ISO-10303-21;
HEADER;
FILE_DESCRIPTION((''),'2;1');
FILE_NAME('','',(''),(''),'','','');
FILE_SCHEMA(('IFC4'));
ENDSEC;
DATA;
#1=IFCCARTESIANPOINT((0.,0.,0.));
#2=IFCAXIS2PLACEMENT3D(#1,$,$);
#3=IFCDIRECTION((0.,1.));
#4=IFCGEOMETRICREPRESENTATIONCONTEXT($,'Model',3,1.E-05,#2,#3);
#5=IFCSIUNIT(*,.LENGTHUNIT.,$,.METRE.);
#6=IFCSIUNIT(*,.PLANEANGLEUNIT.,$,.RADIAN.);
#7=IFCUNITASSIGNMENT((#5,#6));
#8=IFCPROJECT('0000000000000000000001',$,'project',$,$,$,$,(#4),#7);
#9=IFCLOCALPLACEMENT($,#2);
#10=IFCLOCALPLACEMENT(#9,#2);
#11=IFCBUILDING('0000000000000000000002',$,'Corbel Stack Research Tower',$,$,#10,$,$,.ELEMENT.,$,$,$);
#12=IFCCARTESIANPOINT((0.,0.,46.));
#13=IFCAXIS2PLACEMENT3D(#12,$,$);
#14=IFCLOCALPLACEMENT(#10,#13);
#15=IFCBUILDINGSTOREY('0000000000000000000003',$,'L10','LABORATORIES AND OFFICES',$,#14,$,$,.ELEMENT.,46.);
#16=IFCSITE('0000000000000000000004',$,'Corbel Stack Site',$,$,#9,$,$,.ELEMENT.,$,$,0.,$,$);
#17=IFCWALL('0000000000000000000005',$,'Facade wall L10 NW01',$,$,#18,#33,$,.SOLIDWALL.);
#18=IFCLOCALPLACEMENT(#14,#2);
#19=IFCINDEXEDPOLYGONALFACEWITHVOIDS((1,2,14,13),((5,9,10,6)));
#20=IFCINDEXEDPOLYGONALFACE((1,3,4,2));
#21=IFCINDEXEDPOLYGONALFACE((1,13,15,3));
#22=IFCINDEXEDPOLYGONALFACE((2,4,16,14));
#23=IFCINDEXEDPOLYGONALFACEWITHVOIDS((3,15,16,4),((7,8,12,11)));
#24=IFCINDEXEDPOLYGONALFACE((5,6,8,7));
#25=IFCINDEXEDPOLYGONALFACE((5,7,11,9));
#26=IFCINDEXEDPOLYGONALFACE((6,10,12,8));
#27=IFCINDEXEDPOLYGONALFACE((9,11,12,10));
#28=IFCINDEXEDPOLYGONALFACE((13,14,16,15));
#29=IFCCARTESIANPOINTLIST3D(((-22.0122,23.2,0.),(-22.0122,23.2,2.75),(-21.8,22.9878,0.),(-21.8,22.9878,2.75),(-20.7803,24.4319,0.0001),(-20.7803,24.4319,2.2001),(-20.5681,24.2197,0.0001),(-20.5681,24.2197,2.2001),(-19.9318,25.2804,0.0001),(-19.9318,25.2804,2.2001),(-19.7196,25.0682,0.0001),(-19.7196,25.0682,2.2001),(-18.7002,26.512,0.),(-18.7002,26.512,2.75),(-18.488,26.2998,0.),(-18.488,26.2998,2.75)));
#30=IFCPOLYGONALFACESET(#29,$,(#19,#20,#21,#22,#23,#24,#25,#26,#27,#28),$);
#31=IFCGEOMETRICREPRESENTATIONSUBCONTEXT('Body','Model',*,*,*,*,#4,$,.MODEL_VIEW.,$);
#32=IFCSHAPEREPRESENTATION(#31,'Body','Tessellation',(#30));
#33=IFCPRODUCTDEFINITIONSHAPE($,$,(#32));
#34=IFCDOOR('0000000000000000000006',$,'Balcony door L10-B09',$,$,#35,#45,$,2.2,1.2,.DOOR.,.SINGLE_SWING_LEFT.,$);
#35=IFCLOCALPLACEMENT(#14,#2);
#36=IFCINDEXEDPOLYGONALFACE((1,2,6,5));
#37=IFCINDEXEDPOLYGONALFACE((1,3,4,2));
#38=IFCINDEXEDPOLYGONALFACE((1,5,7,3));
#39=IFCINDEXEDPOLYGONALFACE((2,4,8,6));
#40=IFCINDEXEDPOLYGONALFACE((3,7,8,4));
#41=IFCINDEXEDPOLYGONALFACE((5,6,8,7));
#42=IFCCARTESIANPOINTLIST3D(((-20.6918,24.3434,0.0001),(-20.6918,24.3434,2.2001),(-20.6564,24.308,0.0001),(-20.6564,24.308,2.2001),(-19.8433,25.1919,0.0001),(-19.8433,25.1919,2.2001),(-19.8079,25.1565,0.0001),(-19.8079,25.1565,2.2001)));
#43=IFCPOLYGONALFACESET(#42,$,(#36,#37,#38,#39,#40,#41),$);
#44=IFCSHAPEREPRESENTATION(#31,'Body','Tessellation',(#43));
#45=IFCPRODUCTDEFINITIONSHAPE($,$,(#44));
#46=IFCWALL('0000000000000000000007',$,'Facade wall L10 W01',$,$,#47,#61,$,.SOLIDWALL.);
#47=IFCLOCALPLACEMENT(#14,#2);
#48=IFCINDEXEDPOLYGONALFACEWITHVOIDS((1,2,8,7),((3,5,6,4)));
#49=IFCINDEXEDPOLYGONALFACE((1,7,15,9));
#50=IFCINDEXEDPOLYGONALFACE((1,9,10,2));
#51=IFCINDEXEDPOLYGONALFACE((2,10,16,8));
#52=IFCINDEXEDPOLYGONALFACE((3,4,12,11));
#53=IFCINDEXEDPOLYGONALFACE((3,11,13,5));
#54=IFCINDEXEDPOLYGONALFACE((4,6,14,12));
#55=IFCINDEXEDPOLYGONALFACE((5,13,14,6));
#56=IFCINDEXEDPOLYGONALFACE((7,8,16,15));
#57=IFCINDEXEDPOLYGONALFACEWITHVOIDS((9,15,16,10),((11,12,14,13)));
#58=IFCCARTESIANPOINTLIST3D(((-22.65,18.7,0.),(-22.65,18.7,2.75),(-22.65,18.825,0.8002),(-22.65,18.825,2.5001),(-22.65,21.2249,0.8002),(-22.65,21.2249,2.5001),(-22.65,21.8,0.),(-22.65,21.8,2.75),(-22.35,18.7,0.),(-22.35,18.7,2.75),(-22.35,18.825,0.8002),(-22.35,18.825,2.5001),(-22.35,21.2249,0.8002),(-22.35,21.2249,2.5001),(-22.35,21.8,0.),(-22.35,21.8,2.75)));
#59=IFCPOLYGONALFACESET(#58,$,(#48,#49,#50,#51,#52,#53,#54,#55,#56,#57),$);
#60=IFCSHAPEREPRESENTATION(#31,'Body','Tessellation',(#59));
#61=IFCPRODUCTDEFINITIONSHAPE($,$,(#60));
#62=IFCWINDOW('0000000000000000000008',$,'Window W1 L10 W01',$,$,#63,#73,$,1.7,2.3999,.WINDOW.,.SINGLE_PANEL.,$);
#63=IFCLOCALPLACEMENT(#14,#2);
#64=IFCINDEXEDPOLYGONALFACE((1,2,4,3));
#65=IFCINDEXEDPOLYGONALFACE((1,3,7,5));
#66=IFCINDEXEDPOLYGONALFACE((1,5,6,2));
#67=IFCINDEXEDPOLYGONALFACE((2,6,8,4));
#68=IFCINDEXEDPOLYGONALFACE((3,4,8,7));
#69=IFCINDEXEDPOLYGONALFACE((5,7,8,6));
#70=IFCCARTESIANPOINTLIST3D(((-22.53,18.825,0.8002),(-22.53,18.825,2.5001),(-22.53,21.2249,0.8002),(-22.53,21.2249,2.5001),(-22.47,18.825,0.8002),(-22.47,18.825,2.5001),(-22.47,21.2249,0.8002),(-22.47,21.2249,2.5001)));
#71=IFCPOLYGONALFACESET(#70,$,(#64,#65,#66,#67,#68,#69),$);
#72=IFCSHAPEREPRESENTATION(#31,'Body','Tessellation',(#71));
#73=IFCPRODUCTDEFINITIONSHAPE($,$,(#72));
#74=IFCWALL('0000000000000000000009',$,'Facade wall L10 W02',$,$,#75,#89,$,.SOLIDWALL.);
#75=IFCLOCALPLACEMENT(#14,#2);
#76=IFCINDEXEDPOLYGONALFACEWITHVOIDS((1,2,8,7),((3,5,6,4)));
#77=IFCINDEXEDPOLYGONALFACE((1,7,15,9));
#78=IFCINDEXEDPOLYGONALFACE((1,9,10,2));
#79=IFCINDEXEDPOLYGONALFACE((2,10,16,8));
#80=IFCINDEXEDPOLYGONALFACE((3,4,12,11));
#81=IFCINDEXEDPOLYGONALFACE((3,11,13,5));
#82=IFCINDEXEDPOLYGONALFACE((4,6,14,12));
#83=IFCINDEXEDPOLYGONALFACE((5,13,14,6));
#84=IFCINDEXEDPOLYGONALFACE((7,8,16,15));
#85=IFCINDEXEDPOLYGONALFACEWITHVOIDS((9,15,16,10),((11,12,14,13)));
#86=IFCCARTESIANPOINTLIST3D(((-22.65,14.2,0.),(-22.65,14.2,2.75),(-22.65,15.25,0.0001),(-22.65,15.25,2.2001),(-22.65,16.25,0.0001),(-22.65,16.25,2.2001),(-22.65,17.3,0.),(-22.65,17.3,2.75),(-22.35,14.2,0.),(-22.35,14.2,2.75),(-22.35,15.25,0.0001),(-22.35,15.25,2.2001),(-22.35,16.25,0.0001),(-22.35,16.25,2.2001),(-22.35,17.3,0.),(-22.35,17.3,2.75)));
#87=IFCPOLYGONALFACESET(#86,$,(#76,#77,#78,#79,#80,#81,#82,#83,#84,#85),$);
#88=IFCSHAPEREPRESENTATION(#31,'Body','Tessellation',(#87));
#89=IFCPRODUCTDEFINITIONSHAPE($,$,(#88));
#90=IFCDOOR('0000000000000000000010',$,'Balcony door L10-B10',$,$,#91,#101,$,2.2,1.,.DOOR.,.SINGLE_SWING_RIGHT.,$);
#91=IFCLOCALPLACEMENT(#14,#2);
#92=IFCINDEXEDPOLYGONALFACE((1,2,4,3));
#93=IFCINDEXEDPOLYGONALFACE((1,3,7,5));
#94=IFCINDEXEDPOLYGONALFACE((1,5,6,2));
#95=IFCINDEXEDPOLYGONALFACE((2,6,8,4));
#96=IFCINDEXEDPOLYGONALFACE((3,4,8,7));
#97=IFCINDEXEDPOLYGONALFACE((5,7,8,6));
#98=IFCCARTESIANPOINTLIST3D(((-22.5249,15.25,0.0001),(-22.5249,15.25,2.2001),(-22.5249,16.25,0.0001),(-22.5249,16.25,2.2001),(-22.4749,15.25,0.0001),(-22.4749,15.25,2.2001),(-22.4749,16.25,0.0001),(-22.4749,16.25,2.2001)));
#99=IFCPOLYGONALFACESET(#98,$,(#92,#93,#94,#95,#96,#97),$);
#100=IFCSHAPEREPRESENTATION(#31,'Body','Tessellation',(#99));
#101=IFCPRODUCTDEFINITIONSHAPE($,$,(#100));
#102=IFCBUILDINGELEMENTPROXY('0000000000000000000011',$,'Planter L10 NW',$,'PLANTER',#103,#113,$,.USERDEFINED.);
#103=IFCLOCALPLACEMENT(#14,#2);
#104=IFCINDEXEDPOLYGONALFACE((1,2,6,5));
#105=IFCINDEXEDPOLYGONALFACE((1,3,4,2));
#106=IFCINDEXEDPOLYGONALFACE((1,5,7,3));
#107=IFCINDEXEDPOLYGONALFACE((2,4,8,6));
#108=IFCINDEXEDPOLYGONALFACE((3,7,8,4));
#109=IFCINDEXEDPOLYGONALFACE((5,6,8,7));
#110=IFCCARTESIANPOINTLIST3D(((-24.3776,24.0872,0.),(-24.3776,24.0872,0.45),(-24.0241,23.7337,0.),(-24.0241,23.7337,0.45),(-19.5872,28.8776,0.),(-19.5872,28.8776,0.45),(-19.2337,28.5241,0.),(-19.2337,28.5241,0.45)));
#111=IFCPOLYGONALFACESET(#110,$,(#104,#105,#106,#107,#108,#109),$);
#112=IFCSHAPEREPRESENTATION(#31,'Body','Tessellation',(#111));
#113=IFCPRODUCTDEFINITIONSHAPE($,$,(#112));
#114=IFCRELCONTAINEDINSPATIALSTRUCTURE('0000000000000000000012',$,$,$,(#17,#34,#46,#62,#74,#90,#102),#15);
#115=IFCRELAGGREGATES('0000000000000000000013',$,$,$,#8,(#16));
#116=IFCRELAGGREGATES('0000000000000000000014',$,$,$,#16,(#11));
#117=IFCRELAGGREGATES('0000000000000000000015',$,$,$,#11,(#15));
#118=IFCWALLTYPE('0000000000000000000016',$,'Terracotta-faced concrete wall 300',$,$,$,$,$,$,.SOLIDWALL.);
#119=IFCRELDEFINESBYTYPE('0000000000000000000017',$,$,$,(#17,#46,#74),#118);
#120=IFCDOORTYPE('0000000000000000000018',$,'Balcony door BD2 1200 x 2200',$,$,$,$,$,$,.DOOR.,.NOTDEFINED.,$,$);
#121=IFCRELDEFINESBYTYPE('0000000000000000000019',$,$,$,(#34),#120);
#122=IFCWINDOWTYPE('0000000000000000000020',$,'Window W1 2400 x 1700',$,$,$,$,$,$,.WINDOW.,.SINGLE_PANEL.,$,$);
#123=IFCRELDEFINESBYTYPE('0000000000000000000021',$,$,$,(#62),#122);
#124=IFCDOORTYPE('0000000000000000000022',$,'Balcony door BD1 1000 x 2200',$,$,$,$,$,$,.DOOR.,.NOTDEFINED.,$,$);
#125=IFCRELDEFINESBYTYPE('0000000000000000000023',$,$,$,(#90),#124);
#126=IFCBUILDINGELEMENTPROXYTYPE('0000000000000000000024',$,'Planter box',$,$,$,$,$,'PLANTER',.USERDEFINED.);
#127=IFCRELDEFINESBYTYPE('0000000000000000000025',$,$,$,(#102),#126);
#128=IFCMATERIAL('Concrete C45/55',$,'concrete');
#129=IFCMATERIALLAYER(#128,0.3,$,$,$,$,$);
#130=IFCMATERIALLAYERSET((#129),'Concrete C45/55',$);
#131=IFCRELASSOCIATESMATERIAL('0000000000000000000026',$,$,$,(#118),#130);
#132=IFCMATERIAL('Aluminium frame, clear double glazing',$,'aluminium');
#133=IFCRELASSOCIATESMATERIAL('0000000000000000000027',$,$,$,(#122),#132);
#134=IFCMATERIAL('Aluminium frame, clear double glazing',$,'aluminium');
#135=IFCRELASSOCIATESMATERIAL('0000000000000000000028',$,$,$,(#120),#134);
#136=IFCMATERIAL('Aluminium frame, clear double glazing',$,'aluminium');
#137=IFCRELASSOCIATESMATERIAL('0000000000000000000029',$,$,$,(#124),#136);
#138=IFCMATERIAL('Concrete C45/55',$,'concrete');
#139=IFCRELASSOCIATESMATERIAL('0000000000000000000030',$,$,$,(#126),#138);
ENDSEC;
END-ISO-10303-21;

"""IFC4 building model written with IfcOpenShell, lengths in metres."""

from ifc_helpers import new_model, si_unit, direction, frame, frame_2d, origin, origin_2d, place, context, subcontext, project, spatial, rectangle, extrude, material, layer, layer_set, type_object, element, fill, save


model = new_model("IFC4")

# Units and contexts
model_context = context("Model", 3, precision=1e-05, world=origin(), true_north=direction((0.0, 1.0)))
body_context = subcontext(model_context, "Body", "Model", "MODEL_VIEW")
ifc_project = project(units=[si_unit("LENGTHUNIT", "METRE"), si_unit("PLANEANGLEUNIT", "RADIAN")], contexts=[model_context])

# Site, building, storey
site_placement = place(None, origin())
site = spatial("IfcSite", under=ifc_project, at=site_placement, Name="Corbel Stack Site", CompositionType="ELEMENT", RefElevation=0.0)
building_placement = place(site_placement, origin())
building = spatial("IfcBuilding", under=site, at=building_placement, Name="Corbel Stack Research Tower", CompositionType="ELEMENT")
storey_placement = place(building_placement, frame((0.0, 0.0, 46.0)))
storey = spatial("IfcBuildingStorey", under=building, at=storey_placement, Name="L10", Description="LABORATORIES AND OFFICES", CompositionType="ELEMENT", Elevation=46.0)

# Shared definitions
ifc_material_1 = material(Name="Concrete C45/55", Category="concrete")
ifc_layer_1 = layer(ifc_material_1, 0.3)
ifc_layer_set_1 = layer_set([ifc_layer_1], Name="Concrete C45/55")
wall_type_1 = type_object("IfcWallType", Name="Terracotta-faced concrete wall 300", PredefinedType="SOLIDWALL", material=ifc_layer_set_1)
ifc_material_2 = material(Name="Aluminium frame, clear double glazing", Category="aluminium")
window_type = type_object("IfcWindowType", Name="Window W1 2400 x 1700", PartitioningType="SINGLE_PANEL", PredefinedType="WINDOW", material=ifc_material_2)

# Wall, opening, door
wall_1_placement = place(storey_placement, frame((-21.906, 23.094, 0.0), z_axis=(0.0, 0.0, 1.0), x_axis=(0.707107, 0.707107, 0.0)))
wall_1 = element("IfcWall", 1, at=wall_1_placement, inside=storey, type_object=wall_type_1, Name="Facade wall L10 NW01", PredefinedType="SOLIDWALL", context=body_context, shape_type="SweptSolid", body=[
    extrude(rectangle(XDim=4.6838, YDim=0.3, at=frame_2d((2.3418, 0.0))), origin(), (0.0, 0.0, 1.0), 2.75),
])
opening_1_placement = place(wall_1_placement, frame((1.7419, 0.0, 0.0)))
opening_1 = element("IfcOpeningElement", 2, at=opening_1_placement, cuts=wall_1, PredefinedType="OPENING", context=body_context, shape_type="SweptSolid", body=[
    extrude(rectangle(XDim=1.2, YDim=2.2, at=frame_2d((0.6001, 1.1001))), frame((0.0, 0.1599, 0.0), z_axis=(0.0, -1.0, 0.0), x_axis=(1.0, 0.0, 0.0)), (0.0, 0.0, 1.0), 0.3201),
])
ifc_material_3 = material(Name="Aluminium frame, clear double glazing", Category="aluminium")
door_type_1 = type_object("IfcDoorType", Name="Balcony door BD2 1200 x 2200", OperationType="NOTDEFINED", PredefinedType="DOOR", material=ifc_material_3)
door_1_placement = place(opening_1_placement, origin())
door_1 = element("IfcDoor", 3, at=door_1_placement, inside=storey, type_object=door_type_1, Name="Balcony door L10-B09", OperationType="SINGLE_SWING_LEFT", OverallHeight=2.2, OverallWidth=1.2, PredefinedType="DOOR", context=body_context, shape_type="SweptSolid", body=[
    extrude(rectangle(XDim=1.2, YDim=2.2, at=frame_2d((0.6001, 1.1001))), frame((0.0, 0.0249, 0.0), z_axis=(0.0, -1.0, 0.0), x_axis=(1.0, 0.0, 0.0)), (0.0, 0.0, 1.0), 0.05),
])
fill(opening_1, door_1)

# Wall, opening, window
wall_2_placement = place(storey_placement, frame((-22.5, 18.7, 0.0), z_axis=(0.0, 0.0, 1.0), x_axis=(0.0, 1.0, 0.0)))
wall_2 = element("IfcWall", 4, at=wall_2_placement, inside=storey, type_object=wall_type_1, Name="Facade wall L10 W01", PredefinedType="SOLIDWALL", context=body_context, shape_type="SweptSolid", body=[
    extrude(rectangle(XDim=3.1001, YDim=0.3, at=frame_2d((1.55, 0.0))), origin(), (0.0, 0.0, 1.0), 2.75),
])
opening_2_placement = place(wall_2_placement, frame((0.125, 0.0, 0.8)))
opening_2 = element("IfcOpeningElement", 5, at=opening_2_placement, cuts=wall_2, PredefinedType="OPENING", context=body_context, shape_type="SweptSolid", body=[
    extrude(rectangle(XDim=2.3999, YDim=1.7, at=frame_2d((1.2, 0.8501))), frame((0.0, 0.1599, 0.0), z_axis=(0.0, -1.0, 0.0), x_axis=(1.0, 0.0, 0.0)), (0.0, 0.0, 1.0), 0.3201),
])
window_1_placement = place(opening_2_placement, origin())
window_1 = element("IfcWindow", 6, at=window_1_placement, inside=storey, type_object=window_type, Name="Window W1 L10 W01", OverallHeight=1.7, OverallWidth=2.3999, PartitioningType="SINGLE_PANEL", PredefinedType="WINDOW", context=body_context, shape_type="SweptSolid", body=[
    extrude(rectangle(XDim=2.3999, YDim=1.7, at=frame_2d((1.2, 0.8501))), frame((0.0, 0.03, 0.0), z_axis=(0.0, -1.0, 0.0), x_axis=(1.0, 0.0, 0.0)), (0.0, 0.0, 1.0), 0.0601),
])
fill(opening_2, window_1)

# Wall, opening, door
wall_3_placement = place(storey_placement, frame((-22.5, 14.2, 0.0), z_axis=(0.0, 0.0, 1.0), x_axis=(0.0, 1.0, 0.0)))
wall_3 = element("IfcWall", 7, at=wall_3_placement, inside=storey, type_object=wall_type_1, Name="Facade wall L10 W02", PredefinedType="SOLIDWALL", context=body_context, shape_type="SweptSolid", body=[
    extrude(rectangle(XDim=3.1001, YDim=0.3, at=frame_2d((1.55, 0.0))), origin(), (0.0, 0.0, 1.0), 2.75),
])
opening_3_placement = place(wall_3_placement, frame((1.05, 0.0, 0.0)))
opening_3 = element("IfcOpeningElement", 8, at=opening_3_placement, cuts=wall_3, PredefinedType="OPENING", context=body_context, shape_type="SweptSolid", body=[
    extrude(rectangle(XDim=1.0, YDim=2.2, at=frame_2d((0.5, 1.1001))), frame((0.0, 0.1599, 0.0), z_axis=(0.0, -1.0, 0.0), x_axis=(1.0, 0.0, 0.0)), (0.0, 0.0, 1.0), 0.3201),
])
ifc_material_4 = material(Name="Aluminium frame, clear double glazing", Category="aluminium")
door_type_2 = type_object("IfcDoorType", Name="Balcony door BD1 1000 x 2200", OperationType="NOTDEFINED", PredefinedType="DOOR", material=ifc_material_4)
door_2_placement = place(opening_3_placement, origin())
door_2 = element("IfcDoor", 9, at=door_2_placement, inside=storey, type_object=door_type_2, Name="Balcony door L10-B10", OperationType="SINGLE_SWING_RIGHT", OverallHeight=2.2, OverallWidth=1.0, PredefinedType="DOOR", context=body_context, shape_type="SweptSolid", body=[
    extrude(rectangle(XDim=1.0, YDim=2.2, at=frame_2d((0.5, 1.1001))), frame((0.0, 0.0249, 0.0), z_axis=(0.0, -1.0, 0.0), x_axis=(1.0, 0.0, 0.0)), (0.0, 0.0, 1.0), 0.05),
])
fill(opening_3, door_2)

# Building element proxy
ifc_material_5 = material(Name="Concrete C45/55", Category="concrete")
building_element_proxy_type = type_object("IfcBuildingElementProxyType", Name="Planter box", ElementType="PLANTER", PredefinedType="USERDEFINED", material=ifc_material_5)
proxy_placement = place(storey_placement, frame((-21.8057, 26.3057, 0.0), z_axis=(0.0, 0.0, 1.0), x_axis=(-0.707107, -0.707107, 0.0)))
element("IfcBuildingElementProxy", 10, at=proxy_placement, inside=storey, type_object=building_element_proxy_type, Name="Planter L10 NW", ObjectType="PLANTER", PredefinedType="USERDEFINED", context=body_context, shape_type="SweptSolid", body=[
    extrude(rectangle(XDim=6.7747, YDim=0.5, at=origin_2d()), origin(), (0.0, 0.0, 1.0), 0.45),
])

save(model, "model.ifc")
